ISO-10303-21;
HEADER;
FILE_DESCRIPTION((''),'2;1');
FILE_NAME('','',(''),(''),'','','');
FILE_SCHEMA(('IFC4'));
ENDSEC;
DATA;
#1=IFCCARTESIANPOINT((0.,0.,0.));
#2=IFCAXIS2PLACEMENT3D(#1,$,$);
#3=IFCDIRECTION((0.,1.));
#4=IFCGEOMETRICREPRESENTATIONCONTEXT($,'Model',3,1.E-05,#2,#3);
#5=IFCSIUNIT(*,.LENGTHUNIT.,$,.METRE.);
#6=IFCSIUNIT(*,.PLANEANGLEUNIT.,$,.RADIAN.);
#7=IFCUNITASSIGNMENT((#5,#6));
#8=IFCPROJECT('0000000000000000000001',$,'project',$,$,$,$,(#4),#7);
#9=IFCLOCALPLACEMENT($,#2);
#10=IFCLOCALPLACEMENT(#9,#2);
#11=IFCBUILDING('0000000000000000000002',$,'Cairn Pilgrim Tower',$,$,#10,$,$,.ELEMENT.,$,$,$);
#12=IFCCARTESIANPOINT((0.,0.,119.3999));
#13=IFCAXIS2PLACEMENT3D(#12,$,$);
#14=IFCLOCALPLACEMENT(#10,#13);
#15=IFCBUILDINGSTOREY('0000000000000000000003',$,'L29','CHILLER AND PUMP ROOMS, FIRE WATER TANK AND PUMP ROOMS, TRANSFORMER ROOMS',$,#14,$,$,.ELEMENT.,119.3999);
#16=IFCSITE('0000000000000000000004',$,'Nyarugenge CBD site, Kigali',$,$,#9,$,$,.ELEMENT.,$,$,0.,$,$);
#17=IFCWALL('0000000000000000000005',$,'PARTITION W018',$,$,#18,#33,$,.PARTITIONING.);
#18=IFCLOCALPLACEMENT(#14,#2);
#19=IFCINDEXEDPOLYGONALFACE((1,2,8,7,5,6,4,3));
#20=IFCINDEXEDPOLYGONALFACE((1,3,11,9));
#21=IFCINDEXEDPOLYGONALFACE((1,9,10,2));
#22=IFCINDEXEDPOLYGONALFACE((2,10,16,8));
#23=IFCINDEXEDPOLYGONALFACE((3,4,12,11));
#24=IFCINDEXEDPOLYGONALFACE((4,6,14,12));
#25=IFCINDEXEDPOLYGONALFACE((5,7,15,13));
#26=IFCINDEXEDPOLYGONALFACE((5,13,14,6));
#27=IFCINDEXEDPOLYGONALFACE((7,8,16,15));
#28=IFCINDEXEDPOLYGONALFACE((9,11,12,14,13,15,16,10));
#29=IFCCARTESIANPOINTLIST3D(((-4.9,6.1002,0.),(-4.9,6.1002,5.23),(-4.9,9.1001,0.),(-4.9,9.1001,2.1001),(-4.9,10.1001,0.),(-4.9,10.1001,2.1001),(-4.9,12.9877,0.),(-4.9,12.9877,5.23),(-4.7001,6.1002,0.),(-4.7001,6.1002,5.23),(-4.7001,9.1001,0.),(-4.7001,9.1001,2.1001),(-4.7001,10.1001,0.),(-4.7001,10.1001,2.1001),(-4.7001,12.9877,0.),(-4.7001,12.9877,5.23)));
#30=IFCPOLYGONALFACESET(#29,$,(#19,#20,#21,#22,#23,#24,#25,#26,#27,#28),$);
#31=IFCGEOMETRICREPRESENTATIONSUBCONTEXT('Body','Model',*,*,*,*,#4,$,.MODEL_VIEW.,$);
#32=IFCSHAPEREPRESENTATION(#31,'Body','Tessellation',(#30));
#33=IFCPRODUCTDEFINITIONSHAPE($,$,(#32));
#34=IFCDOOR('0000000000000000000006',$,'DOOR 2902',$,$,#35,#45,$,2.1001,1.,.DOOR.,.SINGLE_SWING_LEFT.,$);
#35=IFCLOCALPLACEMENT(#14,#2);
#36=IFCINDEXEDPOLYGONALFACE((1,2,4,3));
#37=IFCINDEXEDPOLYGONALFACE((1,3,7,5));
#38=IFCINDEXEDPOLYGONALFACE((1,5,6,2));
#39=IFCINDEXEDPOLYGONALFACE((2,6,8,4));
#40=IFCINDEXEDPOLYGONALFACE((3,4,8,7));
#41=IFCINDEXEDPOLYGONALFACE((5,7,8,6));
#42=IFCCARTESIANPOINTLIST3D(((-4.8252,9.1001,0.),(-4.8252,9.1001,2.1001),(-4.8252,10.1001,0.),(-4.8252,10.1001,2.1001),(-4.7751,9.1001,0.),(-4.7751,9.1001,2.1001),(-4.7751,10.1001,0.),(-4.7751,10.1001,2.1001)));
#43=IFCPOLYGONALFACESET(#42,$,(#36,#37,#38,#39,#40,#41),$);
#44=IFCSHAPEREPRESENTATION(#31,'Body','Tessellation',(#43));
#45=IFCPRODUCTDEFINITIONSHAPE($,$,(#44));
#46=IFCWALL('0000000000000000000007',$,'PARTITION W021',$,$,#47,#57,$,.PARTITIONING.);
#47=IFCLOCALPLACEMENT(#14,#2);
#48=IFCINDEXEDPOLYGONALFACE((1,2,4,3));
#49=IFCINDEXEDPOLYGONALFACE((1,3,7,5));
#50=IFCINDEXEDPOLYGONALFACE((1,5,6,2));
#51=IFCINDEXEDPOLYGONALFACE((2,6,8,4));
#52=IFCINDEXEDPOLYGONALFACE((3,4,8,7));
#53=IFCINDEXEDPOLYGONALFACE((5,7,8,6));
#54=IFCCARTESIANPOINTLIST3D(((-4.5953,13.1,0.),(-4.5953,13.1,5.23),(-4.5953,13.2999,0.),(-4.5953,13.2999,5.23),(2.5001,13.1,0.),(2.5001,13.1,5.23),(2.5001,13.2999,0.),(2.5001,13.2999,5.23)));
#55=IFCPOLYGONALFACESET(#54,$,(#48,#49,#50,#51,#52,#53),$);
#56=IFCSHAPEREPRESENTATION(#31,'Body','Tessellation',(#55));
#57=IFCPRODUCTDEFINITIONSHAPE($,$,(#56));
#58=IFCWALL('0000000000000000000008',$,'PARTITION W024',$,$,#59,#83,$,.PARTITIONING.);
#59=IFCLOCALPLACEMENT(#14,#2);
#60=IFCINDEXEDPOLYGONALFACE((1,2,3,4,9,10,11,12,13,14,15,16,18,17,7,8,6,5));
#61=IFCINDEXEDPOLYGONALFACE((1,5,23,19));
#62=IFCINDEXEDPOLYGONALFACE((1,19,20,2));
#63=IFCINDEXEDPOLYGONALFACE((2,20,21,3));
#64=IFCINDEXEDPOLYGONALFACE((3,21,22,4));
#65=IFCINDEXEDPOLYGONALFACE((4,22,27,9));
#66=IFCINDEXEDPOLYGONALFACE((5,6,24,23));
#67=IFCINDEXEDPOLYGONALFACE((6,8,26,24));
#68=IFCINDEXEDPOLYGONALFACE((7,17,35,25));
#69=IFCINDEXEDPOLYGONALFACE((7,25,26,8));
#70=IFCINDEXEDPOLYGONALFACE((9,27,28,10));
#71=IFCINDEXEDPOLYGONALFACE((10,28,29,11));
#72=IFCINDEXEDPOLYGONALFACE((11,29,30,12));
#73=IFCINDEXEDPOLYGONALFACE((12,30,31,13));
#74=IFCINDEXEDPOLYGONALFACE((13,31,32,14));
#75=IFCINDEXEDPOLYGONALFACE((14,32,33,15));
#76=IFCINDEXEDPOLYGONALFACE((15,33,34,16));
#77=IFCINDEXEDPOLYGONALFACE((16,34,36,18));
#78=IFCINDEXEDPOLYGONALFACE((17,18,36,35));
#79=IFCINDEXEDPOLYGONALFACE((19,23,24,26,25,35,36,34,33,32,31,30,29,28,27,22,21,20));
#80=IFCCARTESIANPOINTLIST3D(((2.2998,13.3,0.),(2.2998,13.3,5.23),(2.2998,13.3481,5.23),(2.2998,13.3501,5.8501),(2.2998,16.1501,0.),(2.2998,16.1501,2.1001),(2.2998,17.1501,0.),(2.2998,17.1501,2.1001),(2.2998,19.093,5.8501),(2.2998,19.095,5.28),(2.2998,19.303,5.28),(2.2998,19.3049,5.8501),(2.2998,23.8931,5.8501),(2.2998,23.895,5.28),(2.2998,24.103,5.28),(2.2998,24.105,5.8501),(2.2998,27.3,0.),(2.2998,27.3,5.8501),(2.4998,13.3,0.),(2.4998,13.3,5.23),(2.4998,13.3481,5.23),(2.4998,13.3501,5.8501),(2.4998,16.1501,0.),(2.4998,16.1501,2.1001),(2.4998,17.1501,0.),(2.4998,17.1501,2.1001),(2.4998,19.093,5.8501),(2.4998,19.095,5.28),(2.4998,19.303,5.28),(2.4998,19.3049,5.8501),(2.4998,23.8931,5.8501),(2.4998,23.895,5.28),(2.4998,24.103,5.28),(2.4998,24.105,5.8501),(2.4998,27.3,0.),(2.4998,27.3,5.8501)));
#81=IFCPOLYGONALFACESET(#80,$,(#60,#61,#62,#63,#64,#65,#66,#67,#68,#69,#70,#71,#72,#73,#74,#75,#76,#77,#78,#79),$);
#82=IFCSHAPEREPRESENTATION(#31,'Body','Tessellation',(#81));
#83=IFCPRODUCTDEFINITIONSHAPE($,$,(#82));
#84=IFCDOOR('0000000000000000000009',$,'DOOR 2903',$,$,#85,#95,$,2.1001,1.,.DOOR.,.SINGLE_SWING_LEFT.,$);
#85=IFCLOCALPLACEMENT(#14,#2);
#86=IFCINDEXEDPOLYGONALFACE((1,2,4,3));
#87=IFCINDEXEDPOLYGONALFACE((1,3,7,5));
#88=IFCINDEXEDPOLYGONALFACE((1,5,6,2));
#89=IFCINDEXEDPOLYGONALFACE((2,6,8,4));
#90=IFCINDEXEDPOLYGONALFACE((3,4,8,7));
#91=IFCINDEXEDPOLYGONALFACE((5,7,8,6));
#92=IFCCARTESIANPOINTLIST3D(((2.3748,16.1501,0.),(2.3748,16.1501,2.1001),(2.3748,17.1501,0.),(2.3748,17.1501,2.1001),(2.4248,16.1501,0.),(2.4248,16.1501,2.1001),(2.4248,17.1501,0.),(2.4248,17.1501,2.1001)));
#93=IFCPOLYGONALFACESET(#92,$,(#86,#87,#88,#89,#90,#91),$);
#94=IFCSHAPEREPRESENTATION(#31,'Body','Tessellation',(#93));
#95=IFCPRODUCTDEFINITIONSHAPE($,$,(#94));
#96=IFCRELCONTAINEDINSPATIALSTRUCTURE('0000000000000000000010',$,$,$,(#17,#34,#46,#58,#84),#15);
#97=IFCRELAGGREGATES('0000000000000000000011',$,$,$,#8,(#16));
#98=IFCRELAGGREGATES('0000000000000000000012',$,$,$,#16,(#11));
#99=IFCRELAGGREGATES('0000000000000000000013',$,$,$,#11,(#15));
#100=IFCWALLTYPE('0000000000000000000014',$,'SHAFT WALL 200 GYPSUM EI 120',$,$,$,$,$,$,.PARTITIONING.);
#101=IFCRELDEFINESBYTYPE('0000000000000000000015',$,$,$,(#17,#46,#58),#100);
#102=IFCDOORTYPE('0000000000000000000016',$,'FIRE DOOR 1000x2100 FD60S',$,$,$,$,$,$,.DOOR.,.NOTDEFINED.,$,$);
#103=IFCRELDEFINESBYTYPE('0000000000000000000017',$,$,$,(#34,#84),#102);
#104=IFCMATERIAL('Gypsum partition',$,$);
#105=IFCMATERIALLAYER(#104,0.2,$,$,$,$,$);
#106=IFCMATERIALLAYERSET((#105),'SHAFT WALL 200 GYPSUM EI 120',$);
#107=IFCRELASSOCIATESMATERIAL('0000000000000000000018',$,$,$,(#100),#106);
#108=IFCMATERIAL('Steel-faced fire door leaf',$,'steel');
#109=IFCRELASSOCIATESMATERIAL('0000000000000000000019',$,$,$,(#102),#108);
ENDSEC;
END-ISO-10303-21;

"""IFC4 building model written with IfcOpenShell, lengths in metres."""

from ifc_helpers import new_model, si_unit, direction, frame, frame_2d, origin, place, context, subcontext, project, spatial, polyline, rectangle, outline, extrude, material, layer, layer_set, type_object, element, fill, save


model = new_model("IFC4")

# Units and contexts
model_context = context("Model", 3, precision=1e-05, world=origin(), true_north=direction((0.0, 1.0)))
body_context = subcontext(model_context, "Body", "Model", "MODEL_VIEW")
ifc_project = project(units=[si_unit("LENGTHUNIT", "METRE"), si_unit("PLANEANGLEUNIT", "RADIAN")], contexts=[model_context])

# Site, building, storey
site_placement = place(None, origin())
site = spatial("IfcSite", under=ifc_project, at=site_placement, Name="Nyarugenge CBD site, Kigali", CompositionType="ELEMENT", RefElevation=0.0)
building_placement = place(site_placement, origin())
building = spatial("IfcBuilding", under=site, at=building_placement, Name="Cairn Pilgrim Tower", CompositionType="ELEMENT")
storey_placement = place(building_placement, frame((0.0, 0.0, 119.3999)))
storey = spatial("IfcBuildingStorey", under=building, at=storey_placement, Name="L29", Description="CHILLER AND PUMP ROOMS, FIRE WATER TANK AND PUMP ROOMS, TRANSFORMER ROOMS", CompositionType="ELEMENT", Elevation=119.3999)

# Shared definitions
ifc_material_1 = material(Name="Gypsum partition")
ifc_layer_1 = layer(ifc_material_1, 0.2)
ifc_layer_set_1 = layer_set([ifc_layer_1], Name="SHAFT WALL 200 GYPSUM EI 120")
wall_type_1 = type_object("IfcWallType", Name="SHAFT WALL 200 GYPSUM EI 120", PredefinedType="PARTITIONING", material=ifc_layer_set_1)

# Wall, opening, door
wall_1_placement = place(storey_placement, frame((-4.8, 6.1001, 0.0), z_axis=(0.0, 0.0, 1.0), x_axis=(0.0, 1.0, 0.0)))
wall_1 = element("IfcWall", 1, at=wall_1_placement, inside=storey, type_object=wall_type_1, Name="PARTITION W018", PredefinedType="PARTITIONING", context=body_context, shape_type="SweptSolid", body=[
    extrude(rectangle(XDim=6.8875, YDim=0.2, at=frame_2d((3.4438, 0.0))), origin(), (0.0, 0.0, 1.0), 5.23),
])
opening_1_placement = place(wall_1_placement, frame((3.0, 0.0, 0.0)))
opening_1 = element("IfcOpeningElement", 2, at=opening_1_placement, cuts=wall_1, PredefinedType="OPENING", context=body_context, shape_type="SweptSolid", body=[
    extrude(rectangle(XDim=1.0, YDim=2.1001, at=frame_2d((0.5, 1.05))), frame((0.0, 0.1099, 0.0), z_axis=(0.0, -1.0, 0.0), x_axis=(1.0, 0.0, 0.0)), (0.0, 0.0, 1.0), 0.22),
])
ifc_material_2 = material(Name="Steel-faced fire door leaf", Category="steel")
door_type = type_object("IfcDoorType", Name="FIRE DOOR 1000x2100 FD60S", OperationType="NOTDEFINED", PredefinedType="DOOR", material=ifc_material_2)
door_1_placement = place(opening_1_placement, frame((1.0, 0.0, 0.0), z_axis=(0.0, 0.0, 1.0), x_axis=(-1.0, 0.0, 0.0)))
door_1 = element("IfcDoor", 3, at=door_1_placement, inside=storey, type_object=door_type, Name="DOOR 2902", OperationType="SINGLE_SWING_LEFT", OverallHeight=2.1001, OverallWidth=1.0, PredefinedType="DOOR", context=body_context, shape_type="SweptSolid", body=[
    extrude(rectangle(XDim=1.0, YDim=2.1001, at=frame_2d((0.5, 1.05))), frame((0.0, 0.0249, 0.0), z_axis=(0.0, -1.0, 0.0), x_axis=(1.0, 0.0, 0.0)), (0.0, 0.0, 1.0), 0.05),
])
fill(opening_1, door_1)

# Wall
wall_2_placement = place(storey_placement, frame((-4.5955, 13.2, 0.0), z_axis=(0.0, 0.0, 1.0), x_axis=(1.0, 0.0, 0.0)))
element("IfcWall", 4, at=wall_2_placement, inside=storey, type_object=wall_type_1, Name="PARTITION W021", PredefinedType="PARTITIONING", context=body_context, shape_type="SweptSolid", body=[
    extrude(rectangle(XDim=7.0955, YDim=0.2, at=frame_2d((3.5479, 0.0))), origin(), (0.0, 0.0, 1.0), 5.23),
])

# Wall, opening, door
wall_3_placement = place(storey_placement, frame((2.3999, 13.3, 0.0), z_axis=(0.0, 0.0, 1.0), x_axis=(0.0, 1.0, 0.0)))
wall_3 = element("IfcWall", 5, at=wall_3_placement, inside=storey, type_object=wall_type_1, Name="PARTITION W024", PredefinedType="PARTITIONING", context=body_context, shape_type="SweptSolid", body=[
    extrude(outline(polyline([(0.0, 0.0), (14.0, 0.0), (14.0, 5.8501), (10.8049, 5.8501), (10.803, 5.28), (10.595, 5.28), (10.593, 5.8501), (6.0049, 5.8501), (6.0029, 5.28), (5.7949, 5.28), (5.793, 5.8501), (0.05, 5.8501), (0.0481, 5.23), (0.0, 5.23), (0.0, 0.0)])), frame((0.0, 0.1001, 0.0), z_axis=(0.0, -1.0, 0.0), x_axis=(1.0, 0.0, 0.0)), (0.0, 0.0, 1.0), 0.2),
])
opening_2_placement = place(wall_3_placement, frame((2.8501, 0.0, 0.0)))
opening_2 = element("IfcOpeningElement", 6, at=opening_2_placement, cuts=wall_3, PredefinedType="OPENING", context=body_context, shape_type="SweptSolid", body=[
    extrude(rectangle(XDim=1.0, YDim=2.1001, at=frame_2d((0.5, 1.05))), frame((0.0, 0.1099, 0.0), z_axis=(0.0, -1.0, 0.0), x_axis=(1.0, 0.0, 0.0)), (0.0, 0.0, 1.0), 0.22),
])
door_2_placement = place(opening_2_placement, frame((1.0, 0.0, 0.0), z_axis=(0.0, 0.0, 1.0), x_axis=(-1.0, 0.0, 0.0)))
door_2 = element("IfcDoor", 7, at=door_2_placement, inside=storey, type_object=door_type, Name="DOOR 2903", OperationType="SINGLE_SWING_LEFT", OverallHeight=2.1001, OverallWidth=1.0, PredefinedType="DOOR", context=body_context, shape_type="SweptSolid", body=[
    extrude(rectangle(XDim=1.0, YDim=2.1001, at=frame_2d((0.5, 1.05))), frame((0.0, 0.0249, 0.0), z_axis=(0.0, -1.0, 0.0), x_axis=(1.0, 0.0, 0.0)), (0.0, 0.0, 1.0), 0.05),
])
fill(opening_2, door_2)

save(model, "model.ifc")
